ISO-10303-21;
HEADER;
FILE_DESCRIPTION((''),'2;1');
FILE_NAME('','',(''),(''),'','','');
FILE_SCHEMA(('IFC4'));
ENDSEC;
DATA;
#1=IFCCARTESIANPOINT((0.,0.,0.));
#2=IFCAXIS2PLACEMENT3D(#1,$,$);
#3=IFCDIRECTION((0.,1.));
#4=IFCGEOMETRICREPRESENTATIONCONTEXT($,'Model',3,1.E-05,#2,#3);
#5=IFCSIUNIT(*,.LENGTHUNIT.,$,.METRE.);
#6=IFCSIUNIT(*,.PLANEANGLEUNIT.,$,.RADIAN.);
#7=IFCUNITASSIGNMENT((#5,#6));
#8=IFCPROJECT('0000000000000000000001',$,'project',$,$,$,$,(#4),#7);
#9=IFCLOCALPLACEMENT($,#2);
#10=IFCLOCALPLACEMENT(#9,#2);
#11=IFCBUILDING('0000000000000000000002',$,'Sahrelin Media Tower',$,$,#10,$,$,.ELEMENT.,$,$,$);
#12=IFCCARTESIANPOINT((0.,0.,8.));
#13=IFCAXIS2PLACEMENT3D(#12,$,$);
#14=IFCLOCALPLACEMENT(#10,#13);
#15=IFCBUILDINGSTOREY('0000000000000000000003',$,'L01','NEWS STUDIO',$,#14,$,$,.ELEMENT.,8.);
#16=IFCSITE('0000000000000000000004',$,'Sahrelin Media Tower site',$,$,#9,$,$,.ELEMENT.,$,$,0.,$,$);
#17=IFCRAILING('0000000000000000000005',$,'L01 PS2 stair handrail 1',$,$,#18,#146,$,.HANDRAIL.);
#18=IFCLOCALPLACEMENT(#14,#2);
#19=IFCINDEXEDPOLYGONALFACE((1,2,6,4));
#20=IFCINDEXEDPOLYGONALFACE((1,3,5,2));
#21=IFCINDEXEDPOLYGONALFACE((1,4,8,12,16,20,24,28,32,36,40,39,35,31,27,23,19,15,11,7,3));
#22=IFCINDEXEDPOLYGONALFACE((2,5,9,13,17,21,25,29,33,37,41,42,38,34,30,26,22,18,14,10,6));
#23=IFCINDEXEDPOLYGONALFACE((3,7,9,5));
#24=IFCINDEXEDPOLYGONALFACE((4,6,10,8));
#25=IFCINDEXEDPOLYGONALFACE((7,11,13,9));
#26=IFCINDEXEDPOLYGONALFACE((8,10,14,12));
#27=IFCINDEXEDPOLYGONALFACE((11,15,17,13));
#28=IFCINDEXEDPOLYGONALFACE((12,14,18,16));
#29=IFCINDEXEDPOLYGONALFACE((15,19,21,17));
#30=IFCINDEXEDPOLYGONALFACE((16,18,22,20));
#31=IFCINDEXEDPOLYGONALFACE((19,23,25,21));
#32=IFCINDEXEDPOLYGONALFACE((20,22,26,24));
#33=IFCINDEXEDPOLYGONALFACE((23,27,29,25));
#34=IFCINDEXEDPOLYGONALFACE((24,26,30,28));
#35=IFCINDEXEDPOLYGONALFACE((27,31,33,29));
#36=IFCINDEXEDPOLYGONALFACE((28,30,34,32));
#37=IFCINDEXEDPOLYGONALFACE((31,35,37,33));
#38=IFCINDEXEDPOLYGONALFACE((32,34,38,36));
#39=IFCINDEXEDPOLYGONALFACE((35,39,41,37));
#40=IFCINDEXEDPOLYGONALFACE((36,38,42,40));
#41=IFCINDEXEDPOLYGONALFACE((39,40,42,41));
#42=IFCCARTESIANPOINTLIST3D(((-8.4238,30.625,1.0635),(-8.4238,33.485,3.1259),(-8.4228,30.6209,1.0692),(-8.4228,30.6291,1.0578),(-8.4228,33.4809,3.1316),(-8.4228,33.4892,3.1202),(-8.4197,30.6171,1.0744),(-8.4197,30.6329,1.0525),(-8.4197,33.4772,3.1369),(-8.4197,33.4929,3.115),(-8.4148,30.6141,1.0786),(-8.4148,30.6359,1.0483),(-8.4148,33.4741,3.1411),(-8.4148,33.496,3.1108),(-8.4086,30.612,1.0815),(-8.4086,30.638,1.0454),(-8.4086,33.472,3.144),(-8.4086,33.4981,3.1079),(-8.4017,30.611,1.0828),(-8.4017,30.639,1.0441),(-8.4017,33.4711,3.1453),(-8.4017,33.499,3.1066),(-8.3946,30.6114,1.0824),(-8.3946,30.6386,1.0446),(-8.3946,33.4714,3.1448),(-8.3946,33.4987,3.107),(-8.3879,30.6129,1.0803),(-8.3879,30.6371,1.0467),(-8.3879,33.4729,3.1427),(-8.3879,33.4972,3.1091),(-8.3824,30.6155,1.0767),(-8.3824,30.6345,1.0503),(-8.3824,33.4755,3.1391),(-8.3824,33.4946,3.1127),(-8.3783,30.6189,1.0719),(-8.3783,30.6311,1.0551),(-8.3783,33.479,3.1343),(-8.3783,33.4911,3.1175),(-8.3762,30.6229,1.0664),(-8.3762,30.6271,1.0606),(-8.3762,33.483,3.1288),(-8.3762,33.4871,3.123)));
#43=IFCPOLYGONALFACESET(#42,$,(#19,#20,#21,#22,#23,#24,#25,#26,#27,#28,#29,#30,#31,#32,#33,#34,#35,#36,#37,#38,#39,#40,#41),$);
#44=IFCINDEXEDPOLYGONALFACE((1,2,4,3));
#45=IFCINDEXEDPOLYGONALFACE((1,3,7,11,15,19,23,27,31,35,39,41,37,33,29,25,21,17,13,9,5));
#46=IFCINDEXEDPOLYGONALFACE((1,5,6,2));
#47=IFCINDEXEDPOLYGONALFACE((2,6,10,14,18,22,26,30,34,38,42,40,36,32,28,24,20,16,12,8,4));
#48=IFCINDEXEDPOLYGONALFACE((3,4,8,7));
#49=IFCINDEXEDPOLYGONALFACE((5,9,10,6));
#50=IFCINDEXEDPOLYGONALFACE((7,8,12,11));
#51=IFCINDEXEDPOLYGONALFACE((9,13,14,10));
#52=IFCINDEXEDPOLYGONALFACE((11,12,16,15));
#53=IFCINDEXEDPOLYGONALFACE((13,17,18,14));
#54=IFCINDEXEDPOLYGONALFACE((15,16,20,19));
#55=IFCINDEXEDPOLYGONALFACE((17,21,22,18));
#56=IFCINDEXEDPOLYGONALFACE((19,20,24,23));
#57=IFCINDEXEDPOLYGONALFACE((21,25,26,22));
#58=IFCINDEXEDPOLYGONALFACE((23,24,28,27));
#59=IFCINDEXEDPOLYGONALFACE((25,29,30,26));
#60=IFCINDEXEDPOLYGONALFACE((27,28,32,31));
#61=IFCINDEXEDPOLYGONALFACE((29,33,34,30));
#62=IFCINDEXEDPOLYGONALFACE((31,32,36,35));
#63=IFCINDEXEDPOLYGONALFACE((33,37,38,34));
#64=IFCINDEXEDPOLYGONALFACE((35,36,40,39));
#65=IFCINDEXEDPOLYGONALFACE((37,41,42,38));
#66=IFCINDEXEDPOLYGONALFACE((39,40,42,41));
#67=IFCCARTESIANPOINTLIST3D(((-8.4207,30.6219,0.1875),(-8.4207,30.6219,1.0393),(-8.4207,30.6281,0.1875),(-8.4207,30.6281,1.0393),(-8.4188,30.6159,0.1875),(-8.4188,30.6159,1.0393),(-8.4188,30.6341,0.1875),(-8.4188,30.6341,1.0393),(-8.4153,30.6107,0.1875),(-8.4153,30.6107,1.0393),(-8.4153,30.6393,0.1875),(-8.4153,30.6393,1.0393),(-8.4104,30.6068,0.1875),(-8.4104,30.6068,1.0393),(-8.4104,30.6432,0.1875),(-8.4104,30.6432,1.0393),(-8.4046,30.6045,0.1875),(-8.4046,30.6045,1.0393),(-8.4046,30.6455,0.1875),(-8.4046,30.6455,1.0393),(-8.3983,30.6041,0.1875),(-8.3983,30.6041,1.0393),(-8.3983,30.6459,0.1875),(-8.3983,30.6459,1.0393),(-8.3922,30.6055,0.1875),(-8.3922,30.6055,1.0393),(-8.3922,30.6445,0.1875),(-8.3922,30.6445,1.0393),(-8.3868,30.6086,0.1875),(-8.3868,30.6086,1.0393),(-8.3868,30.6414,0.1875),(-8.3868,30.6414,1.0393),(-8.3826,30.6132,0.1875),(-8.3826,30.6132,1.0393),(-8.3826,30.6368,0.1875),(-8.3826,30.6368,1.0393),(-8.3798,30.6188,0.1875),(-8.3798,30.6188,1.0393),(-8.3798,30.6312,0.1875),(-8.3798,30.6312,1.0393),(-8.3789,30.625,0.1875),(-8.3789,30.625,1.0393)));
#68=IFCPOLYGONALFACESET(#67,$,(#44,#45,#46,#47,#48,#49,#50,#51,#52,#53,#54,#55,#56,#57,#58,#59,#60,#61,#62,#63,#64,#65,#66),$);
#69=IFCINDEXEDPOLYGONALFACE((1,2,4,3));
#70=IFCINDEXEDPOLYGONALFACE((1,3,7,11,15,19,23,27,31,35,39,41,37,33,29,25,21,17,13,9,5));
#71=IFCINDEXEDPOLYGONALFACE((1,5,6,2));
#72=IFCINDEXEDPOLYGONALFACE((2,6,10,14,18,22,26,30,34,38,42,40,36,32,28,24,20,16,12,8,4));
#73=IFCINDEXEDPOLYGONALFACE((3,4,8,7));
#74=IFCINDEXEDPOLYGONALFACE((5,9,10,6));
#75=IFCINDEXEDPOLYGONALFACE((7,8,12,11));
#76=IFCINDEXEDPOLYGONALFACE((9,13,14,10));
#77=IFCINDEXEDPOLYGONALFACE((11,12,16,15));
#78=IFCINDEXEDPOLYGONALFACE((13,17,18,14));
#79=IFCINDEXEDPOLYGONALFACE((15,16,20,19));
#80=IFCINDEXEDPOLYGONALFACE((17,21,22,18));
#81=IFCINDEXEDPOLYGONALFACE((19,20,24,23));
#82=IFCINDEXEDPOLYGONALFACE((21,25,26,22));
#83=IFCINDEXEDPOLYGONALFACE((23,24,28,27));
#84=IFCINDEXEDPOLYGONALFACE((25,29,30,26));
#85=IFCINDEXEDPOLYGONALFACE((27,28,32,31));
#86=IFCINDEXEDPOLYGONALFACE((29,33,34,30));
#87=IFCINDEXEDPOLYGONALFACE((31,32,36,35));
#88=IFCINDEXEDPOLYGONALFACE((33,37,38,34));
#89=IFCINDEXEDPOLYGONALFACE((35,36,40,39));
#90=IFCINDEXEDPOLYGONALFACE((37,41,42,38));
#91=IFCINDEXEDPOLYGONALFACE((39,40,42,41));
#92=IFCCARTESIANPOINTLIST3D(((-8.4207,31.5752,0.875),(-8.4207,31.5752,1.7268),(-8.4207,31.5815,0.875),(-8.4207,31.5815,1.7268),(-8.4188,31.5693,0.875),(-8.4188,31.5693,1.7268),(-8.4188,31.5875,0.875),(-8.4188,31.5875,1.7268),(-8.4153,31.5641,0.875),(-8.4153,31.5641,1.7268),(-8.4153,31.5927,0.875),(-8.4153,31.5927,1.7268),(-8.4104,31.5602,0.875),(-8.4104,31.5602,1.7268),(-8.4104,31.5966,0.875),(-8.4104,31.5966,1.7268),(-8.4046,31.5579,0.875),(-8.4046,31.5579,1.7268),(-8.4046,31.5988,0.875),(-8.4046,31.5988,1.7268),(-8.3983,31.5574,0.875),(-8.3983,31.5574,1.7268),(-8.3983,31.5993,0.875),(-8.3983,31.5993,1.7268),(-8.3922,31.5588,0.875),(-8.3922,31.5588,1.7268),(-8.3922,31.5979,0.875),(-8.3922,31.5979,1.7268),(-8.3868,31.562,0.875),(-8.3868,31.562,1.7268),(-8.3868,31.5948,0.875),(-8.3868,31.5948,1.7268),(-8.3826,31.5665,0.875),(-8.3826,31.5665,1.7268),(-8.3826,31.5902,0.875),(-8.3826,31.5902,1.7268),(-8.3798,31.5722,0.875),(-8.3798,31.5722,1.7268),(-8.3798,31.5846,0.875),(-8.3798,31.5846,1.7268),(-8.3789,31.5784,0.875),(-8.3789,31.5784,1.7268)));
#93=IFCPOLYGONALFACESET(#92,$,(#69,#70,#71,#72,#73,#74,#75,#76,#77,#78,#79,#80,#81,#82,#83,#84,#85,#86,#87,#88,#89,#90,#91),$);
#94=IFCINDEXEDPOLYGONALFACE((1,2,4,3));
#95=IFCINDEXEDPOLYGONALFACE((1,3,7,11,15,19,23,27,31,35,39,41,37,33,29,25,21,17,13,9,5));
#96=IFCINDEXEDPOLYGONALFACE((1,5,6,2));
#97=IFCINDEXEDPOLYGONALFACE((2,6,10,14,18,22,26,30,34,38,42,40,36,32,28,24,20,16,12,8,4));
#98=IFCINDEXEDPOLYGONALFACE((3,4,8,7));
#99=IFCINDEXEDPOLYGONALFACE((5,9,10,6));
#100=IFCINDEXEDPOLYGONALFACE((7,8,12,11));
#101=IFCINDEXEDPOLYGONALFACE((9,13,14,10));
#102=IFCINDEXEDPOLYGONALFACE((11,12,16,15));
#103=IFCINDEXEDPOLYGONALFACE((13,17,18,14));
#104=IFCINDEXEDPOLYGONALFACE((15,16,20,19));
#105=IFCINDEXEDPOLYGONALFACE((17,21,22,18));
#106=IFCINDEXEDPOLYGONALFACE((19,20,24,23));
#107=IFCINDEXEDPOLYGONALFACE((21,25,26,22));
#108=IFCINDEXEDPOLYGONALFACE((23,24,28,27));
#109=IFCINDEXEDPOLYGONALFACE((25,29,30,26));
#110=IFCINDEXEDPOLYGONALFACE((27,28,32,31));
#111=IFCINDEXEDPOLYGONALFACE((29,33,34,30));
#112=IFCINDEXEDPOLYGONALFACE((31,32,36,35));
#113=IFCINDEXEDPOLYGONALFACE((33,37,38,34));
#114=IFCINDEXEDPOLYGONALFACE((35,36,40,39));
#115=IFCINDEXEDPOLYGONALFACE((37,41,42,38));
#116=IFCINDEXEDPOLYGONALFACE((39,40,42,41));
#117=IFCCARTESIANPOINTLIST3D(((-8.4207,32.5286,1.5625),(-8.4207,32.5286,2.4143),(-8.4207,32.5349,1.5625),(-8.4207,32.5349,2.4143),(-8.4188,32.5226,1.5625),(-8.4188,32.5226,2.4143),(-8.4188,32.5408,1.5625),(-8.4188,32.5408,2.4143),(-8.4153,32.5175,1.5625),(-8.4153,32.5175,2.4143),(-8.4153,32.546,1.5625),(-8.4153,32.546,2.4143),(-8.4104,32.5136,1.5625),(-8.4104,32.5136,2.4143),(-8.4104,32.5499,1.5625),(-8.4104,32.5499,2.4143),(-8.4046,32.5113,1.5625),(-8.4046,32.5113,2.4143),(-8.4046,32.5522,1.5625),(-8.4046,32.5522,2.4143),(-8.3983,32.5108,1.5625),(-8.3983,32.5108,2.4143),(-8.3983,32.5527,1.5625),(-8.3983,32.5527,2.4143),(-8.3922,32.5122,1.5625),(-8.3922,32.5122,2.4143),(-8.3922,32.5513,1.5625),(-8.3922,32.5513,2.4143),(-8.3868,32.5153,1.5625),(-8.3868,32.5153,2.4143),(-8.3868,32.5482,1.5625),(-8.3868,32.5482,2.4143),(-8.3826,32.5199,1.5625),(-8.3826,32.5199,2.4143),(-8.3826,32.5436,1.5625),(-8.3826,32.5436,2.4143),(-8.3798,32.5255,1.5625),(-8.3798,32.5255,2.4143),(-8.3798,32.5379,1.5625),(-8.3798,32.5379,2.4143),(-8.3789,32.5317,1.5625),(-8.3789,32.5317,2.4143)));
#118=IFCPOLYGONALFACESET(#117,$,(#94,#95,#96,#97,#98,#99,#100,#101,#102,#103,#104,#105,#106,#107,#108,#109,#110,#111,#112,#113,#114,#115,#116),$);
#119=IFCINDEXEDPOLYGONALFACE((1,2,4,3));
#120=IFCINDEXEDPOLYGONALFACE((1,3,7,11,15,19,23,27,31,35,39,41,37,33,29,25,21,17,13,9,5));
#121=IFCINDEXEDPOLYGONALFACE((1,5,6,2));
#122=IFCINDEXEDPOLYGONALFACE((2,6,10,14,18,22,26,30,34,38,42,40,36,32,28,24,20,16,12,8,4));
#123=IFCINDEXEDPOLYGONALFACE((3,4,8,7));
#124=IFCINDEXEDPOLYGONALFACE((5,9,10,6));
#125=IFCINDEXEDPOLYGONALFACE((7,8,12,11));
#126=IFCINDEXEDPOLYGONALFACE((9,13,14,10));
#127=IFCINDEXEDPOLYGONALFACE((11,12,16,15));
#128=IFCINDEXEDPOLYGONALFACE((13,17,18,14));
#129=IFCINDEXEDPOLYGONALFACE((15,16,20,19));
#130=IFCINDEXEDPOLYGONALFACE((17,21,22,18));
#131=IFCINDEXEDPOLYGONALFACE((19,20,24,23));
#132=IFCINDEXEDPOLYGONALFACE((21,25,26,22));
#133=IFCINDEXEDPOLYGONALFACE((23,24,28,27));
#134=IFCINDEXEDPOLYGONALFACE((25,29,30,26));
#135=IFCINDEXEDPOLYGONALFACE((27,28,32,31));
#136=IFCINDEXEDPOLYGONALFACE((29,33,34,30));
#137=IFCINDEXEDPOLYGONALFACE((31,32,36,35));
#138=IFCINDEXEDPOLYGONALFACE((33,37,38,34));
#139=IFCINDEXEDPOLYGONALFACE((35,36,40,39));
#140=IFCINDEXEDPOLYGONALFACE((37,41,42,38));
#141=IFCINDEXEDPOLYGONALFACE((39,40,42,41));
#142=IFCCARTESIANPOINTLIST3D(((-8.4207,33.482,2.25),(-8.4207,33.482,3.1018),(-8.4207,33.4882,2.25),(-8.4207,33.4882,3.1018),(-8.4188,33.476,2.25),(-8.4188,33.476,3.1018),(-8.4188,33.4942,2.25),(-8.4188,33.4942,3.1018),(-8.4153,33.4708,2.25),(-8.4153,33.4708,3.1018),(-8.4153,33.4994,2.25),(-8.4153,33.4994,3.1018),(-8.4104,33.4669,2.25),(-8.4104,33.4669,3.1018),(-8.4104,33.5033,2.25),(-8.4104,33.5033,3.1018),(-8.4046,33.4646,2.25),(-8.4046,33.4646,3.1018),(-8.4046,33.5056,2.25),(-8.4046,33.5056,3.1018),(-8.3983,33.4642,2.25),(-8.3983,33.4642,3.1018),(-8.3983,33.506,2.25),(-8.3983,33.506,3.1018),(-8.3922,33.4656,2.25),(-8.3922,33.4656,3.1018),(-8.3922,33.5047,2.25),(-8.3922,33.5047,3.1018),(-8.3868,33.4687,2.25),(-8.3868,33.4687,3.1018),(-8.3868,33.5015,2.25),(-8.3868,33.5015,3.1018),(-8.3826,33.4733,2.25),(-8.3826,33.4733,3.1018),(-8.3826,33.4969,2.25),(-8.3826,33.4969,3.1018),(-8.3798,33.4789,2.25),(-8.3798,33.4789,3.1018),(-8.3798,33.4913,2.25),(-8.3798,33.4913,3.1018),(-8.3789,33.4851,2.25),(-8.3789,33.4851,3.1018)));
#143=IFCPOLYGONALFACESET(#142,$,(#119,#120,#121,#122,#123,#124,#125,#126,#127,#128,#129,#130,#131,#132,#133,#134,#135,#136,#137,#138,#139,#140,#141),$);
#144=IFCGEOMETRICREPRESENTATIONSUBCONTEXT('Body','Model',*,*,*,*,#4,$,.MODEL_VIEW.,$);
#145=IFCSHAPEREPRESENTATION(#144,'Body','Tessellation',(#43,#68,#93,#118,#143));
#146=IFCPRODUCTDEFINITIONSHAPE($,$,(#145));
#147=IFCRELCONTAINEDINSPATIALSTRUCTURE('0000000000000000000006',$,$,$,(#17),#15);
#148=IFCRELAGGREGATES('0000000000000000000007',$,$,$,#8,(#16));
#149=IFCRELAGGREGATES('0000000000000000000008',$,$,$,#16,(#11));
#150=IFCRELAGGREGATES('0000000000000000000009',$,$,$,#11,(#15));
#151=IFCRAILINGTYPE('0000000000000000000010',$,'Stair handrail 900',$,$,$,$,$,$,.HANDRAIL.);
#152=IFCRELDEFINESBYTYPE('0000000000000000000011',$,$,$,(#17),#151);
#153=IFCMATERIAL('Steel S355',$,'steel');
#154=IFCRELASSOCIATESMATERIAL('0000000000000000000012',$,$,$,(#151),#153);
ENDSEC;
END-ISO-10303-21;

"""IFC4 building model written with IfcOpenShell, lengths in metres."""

from ifc_helpers import new_model, si_unit, direction, frame, origin, origin_2d, place, context, subcontext, project, spatial, circle, extrude, material, type_object, element, save


model = new_model("IFC4")

# Units and contexts
model_context = context("Model", 3, precision=1e-05, world=origin(), true_north=direction((0.0, 1.0)))
body_context = subcontext(model_context, "Body", "Model", "MODEL_VIEW")
ifc_project = project(units=[si_unit("LENGTHUNIT", "METRE"), si_unit("PLANEANGLEUNIT", "RADIAN")], contexts=[model_context])

# Site, building, storey
site_placement = place(None, origin())
site = spatial("IfcSite", under=ifc_project, at=site_placement, Name="Sahrelin Media Tower site", CompositionType="ELEMENT", RefElevation=0.0)
building_placement = place(site_placement, origin())
building = spatial("IfcBuilding", under=site, at=building_placement, Name="Sahrelin Media Tower", CompositionType="ELEMENT")
storey_placement = place(building_placement, frame((0.0, 0.0, 8.0)))
storey = spatial("IfcBuildingStorey", under=building, at=storey_placement, Name="L01", Description="NEWS STUDIO", CompositionType="ELEMENT", Elevation=8.0)

# Shared definitions
ifc_material_1 = material(Name="Steel S355", Category="steel")

# Railing
railing_type_1 = type_object("IfcRailingType", Name="Stair handrail 900", PredefinedType="HANDRAIL", material=ifc_material_1)
for number, where, name in (
    (1, (-8.3999, 30.625, 0.1875), "L01 PS2 stair handrail 1"),
):
    element("IfcRailing", number, at=place(storey_placement, frame(where)), inside=storey, type_object=railing_type_1, Name=name, PredefinedType="HANDRAIL", context=body_context, shape_type="SweptSolid", body=[
        extrude(circle(Radius=0.0239, at=origin_2d()), frame((0.0, 0.0, 0.876), z_axis=(0.0, 0.811101, 0.584906), x_axis=(-1.0, 0.0, 0.0)), (0.0, 0.0, 1.0), 3.5261),
        extrude(circle(Radius=0.021, at=origin_2d()), origin(), (0.0, 0.0, 1.0), 0.8518),
        extrude(circle(Radius=0.021, at=origin_2d()), frame((0.0, 0.9534, 0.6875)), (0.0, 0.0, 1.0), 0.8518),
        extrude(circle(Radius=0.021, at=origin_2d()), frame((0.0, 1.9067, 1.375)), (0.0, 0.0, 1.0), 0.8518),
        extrude(circle(Radius=0.021, at=origin_2d()), frame((0.0, 2.8601, 2.0625)), (0.0, 0.0, 1.0), 0.8518),
    ])

save(model, "model.ifc")
